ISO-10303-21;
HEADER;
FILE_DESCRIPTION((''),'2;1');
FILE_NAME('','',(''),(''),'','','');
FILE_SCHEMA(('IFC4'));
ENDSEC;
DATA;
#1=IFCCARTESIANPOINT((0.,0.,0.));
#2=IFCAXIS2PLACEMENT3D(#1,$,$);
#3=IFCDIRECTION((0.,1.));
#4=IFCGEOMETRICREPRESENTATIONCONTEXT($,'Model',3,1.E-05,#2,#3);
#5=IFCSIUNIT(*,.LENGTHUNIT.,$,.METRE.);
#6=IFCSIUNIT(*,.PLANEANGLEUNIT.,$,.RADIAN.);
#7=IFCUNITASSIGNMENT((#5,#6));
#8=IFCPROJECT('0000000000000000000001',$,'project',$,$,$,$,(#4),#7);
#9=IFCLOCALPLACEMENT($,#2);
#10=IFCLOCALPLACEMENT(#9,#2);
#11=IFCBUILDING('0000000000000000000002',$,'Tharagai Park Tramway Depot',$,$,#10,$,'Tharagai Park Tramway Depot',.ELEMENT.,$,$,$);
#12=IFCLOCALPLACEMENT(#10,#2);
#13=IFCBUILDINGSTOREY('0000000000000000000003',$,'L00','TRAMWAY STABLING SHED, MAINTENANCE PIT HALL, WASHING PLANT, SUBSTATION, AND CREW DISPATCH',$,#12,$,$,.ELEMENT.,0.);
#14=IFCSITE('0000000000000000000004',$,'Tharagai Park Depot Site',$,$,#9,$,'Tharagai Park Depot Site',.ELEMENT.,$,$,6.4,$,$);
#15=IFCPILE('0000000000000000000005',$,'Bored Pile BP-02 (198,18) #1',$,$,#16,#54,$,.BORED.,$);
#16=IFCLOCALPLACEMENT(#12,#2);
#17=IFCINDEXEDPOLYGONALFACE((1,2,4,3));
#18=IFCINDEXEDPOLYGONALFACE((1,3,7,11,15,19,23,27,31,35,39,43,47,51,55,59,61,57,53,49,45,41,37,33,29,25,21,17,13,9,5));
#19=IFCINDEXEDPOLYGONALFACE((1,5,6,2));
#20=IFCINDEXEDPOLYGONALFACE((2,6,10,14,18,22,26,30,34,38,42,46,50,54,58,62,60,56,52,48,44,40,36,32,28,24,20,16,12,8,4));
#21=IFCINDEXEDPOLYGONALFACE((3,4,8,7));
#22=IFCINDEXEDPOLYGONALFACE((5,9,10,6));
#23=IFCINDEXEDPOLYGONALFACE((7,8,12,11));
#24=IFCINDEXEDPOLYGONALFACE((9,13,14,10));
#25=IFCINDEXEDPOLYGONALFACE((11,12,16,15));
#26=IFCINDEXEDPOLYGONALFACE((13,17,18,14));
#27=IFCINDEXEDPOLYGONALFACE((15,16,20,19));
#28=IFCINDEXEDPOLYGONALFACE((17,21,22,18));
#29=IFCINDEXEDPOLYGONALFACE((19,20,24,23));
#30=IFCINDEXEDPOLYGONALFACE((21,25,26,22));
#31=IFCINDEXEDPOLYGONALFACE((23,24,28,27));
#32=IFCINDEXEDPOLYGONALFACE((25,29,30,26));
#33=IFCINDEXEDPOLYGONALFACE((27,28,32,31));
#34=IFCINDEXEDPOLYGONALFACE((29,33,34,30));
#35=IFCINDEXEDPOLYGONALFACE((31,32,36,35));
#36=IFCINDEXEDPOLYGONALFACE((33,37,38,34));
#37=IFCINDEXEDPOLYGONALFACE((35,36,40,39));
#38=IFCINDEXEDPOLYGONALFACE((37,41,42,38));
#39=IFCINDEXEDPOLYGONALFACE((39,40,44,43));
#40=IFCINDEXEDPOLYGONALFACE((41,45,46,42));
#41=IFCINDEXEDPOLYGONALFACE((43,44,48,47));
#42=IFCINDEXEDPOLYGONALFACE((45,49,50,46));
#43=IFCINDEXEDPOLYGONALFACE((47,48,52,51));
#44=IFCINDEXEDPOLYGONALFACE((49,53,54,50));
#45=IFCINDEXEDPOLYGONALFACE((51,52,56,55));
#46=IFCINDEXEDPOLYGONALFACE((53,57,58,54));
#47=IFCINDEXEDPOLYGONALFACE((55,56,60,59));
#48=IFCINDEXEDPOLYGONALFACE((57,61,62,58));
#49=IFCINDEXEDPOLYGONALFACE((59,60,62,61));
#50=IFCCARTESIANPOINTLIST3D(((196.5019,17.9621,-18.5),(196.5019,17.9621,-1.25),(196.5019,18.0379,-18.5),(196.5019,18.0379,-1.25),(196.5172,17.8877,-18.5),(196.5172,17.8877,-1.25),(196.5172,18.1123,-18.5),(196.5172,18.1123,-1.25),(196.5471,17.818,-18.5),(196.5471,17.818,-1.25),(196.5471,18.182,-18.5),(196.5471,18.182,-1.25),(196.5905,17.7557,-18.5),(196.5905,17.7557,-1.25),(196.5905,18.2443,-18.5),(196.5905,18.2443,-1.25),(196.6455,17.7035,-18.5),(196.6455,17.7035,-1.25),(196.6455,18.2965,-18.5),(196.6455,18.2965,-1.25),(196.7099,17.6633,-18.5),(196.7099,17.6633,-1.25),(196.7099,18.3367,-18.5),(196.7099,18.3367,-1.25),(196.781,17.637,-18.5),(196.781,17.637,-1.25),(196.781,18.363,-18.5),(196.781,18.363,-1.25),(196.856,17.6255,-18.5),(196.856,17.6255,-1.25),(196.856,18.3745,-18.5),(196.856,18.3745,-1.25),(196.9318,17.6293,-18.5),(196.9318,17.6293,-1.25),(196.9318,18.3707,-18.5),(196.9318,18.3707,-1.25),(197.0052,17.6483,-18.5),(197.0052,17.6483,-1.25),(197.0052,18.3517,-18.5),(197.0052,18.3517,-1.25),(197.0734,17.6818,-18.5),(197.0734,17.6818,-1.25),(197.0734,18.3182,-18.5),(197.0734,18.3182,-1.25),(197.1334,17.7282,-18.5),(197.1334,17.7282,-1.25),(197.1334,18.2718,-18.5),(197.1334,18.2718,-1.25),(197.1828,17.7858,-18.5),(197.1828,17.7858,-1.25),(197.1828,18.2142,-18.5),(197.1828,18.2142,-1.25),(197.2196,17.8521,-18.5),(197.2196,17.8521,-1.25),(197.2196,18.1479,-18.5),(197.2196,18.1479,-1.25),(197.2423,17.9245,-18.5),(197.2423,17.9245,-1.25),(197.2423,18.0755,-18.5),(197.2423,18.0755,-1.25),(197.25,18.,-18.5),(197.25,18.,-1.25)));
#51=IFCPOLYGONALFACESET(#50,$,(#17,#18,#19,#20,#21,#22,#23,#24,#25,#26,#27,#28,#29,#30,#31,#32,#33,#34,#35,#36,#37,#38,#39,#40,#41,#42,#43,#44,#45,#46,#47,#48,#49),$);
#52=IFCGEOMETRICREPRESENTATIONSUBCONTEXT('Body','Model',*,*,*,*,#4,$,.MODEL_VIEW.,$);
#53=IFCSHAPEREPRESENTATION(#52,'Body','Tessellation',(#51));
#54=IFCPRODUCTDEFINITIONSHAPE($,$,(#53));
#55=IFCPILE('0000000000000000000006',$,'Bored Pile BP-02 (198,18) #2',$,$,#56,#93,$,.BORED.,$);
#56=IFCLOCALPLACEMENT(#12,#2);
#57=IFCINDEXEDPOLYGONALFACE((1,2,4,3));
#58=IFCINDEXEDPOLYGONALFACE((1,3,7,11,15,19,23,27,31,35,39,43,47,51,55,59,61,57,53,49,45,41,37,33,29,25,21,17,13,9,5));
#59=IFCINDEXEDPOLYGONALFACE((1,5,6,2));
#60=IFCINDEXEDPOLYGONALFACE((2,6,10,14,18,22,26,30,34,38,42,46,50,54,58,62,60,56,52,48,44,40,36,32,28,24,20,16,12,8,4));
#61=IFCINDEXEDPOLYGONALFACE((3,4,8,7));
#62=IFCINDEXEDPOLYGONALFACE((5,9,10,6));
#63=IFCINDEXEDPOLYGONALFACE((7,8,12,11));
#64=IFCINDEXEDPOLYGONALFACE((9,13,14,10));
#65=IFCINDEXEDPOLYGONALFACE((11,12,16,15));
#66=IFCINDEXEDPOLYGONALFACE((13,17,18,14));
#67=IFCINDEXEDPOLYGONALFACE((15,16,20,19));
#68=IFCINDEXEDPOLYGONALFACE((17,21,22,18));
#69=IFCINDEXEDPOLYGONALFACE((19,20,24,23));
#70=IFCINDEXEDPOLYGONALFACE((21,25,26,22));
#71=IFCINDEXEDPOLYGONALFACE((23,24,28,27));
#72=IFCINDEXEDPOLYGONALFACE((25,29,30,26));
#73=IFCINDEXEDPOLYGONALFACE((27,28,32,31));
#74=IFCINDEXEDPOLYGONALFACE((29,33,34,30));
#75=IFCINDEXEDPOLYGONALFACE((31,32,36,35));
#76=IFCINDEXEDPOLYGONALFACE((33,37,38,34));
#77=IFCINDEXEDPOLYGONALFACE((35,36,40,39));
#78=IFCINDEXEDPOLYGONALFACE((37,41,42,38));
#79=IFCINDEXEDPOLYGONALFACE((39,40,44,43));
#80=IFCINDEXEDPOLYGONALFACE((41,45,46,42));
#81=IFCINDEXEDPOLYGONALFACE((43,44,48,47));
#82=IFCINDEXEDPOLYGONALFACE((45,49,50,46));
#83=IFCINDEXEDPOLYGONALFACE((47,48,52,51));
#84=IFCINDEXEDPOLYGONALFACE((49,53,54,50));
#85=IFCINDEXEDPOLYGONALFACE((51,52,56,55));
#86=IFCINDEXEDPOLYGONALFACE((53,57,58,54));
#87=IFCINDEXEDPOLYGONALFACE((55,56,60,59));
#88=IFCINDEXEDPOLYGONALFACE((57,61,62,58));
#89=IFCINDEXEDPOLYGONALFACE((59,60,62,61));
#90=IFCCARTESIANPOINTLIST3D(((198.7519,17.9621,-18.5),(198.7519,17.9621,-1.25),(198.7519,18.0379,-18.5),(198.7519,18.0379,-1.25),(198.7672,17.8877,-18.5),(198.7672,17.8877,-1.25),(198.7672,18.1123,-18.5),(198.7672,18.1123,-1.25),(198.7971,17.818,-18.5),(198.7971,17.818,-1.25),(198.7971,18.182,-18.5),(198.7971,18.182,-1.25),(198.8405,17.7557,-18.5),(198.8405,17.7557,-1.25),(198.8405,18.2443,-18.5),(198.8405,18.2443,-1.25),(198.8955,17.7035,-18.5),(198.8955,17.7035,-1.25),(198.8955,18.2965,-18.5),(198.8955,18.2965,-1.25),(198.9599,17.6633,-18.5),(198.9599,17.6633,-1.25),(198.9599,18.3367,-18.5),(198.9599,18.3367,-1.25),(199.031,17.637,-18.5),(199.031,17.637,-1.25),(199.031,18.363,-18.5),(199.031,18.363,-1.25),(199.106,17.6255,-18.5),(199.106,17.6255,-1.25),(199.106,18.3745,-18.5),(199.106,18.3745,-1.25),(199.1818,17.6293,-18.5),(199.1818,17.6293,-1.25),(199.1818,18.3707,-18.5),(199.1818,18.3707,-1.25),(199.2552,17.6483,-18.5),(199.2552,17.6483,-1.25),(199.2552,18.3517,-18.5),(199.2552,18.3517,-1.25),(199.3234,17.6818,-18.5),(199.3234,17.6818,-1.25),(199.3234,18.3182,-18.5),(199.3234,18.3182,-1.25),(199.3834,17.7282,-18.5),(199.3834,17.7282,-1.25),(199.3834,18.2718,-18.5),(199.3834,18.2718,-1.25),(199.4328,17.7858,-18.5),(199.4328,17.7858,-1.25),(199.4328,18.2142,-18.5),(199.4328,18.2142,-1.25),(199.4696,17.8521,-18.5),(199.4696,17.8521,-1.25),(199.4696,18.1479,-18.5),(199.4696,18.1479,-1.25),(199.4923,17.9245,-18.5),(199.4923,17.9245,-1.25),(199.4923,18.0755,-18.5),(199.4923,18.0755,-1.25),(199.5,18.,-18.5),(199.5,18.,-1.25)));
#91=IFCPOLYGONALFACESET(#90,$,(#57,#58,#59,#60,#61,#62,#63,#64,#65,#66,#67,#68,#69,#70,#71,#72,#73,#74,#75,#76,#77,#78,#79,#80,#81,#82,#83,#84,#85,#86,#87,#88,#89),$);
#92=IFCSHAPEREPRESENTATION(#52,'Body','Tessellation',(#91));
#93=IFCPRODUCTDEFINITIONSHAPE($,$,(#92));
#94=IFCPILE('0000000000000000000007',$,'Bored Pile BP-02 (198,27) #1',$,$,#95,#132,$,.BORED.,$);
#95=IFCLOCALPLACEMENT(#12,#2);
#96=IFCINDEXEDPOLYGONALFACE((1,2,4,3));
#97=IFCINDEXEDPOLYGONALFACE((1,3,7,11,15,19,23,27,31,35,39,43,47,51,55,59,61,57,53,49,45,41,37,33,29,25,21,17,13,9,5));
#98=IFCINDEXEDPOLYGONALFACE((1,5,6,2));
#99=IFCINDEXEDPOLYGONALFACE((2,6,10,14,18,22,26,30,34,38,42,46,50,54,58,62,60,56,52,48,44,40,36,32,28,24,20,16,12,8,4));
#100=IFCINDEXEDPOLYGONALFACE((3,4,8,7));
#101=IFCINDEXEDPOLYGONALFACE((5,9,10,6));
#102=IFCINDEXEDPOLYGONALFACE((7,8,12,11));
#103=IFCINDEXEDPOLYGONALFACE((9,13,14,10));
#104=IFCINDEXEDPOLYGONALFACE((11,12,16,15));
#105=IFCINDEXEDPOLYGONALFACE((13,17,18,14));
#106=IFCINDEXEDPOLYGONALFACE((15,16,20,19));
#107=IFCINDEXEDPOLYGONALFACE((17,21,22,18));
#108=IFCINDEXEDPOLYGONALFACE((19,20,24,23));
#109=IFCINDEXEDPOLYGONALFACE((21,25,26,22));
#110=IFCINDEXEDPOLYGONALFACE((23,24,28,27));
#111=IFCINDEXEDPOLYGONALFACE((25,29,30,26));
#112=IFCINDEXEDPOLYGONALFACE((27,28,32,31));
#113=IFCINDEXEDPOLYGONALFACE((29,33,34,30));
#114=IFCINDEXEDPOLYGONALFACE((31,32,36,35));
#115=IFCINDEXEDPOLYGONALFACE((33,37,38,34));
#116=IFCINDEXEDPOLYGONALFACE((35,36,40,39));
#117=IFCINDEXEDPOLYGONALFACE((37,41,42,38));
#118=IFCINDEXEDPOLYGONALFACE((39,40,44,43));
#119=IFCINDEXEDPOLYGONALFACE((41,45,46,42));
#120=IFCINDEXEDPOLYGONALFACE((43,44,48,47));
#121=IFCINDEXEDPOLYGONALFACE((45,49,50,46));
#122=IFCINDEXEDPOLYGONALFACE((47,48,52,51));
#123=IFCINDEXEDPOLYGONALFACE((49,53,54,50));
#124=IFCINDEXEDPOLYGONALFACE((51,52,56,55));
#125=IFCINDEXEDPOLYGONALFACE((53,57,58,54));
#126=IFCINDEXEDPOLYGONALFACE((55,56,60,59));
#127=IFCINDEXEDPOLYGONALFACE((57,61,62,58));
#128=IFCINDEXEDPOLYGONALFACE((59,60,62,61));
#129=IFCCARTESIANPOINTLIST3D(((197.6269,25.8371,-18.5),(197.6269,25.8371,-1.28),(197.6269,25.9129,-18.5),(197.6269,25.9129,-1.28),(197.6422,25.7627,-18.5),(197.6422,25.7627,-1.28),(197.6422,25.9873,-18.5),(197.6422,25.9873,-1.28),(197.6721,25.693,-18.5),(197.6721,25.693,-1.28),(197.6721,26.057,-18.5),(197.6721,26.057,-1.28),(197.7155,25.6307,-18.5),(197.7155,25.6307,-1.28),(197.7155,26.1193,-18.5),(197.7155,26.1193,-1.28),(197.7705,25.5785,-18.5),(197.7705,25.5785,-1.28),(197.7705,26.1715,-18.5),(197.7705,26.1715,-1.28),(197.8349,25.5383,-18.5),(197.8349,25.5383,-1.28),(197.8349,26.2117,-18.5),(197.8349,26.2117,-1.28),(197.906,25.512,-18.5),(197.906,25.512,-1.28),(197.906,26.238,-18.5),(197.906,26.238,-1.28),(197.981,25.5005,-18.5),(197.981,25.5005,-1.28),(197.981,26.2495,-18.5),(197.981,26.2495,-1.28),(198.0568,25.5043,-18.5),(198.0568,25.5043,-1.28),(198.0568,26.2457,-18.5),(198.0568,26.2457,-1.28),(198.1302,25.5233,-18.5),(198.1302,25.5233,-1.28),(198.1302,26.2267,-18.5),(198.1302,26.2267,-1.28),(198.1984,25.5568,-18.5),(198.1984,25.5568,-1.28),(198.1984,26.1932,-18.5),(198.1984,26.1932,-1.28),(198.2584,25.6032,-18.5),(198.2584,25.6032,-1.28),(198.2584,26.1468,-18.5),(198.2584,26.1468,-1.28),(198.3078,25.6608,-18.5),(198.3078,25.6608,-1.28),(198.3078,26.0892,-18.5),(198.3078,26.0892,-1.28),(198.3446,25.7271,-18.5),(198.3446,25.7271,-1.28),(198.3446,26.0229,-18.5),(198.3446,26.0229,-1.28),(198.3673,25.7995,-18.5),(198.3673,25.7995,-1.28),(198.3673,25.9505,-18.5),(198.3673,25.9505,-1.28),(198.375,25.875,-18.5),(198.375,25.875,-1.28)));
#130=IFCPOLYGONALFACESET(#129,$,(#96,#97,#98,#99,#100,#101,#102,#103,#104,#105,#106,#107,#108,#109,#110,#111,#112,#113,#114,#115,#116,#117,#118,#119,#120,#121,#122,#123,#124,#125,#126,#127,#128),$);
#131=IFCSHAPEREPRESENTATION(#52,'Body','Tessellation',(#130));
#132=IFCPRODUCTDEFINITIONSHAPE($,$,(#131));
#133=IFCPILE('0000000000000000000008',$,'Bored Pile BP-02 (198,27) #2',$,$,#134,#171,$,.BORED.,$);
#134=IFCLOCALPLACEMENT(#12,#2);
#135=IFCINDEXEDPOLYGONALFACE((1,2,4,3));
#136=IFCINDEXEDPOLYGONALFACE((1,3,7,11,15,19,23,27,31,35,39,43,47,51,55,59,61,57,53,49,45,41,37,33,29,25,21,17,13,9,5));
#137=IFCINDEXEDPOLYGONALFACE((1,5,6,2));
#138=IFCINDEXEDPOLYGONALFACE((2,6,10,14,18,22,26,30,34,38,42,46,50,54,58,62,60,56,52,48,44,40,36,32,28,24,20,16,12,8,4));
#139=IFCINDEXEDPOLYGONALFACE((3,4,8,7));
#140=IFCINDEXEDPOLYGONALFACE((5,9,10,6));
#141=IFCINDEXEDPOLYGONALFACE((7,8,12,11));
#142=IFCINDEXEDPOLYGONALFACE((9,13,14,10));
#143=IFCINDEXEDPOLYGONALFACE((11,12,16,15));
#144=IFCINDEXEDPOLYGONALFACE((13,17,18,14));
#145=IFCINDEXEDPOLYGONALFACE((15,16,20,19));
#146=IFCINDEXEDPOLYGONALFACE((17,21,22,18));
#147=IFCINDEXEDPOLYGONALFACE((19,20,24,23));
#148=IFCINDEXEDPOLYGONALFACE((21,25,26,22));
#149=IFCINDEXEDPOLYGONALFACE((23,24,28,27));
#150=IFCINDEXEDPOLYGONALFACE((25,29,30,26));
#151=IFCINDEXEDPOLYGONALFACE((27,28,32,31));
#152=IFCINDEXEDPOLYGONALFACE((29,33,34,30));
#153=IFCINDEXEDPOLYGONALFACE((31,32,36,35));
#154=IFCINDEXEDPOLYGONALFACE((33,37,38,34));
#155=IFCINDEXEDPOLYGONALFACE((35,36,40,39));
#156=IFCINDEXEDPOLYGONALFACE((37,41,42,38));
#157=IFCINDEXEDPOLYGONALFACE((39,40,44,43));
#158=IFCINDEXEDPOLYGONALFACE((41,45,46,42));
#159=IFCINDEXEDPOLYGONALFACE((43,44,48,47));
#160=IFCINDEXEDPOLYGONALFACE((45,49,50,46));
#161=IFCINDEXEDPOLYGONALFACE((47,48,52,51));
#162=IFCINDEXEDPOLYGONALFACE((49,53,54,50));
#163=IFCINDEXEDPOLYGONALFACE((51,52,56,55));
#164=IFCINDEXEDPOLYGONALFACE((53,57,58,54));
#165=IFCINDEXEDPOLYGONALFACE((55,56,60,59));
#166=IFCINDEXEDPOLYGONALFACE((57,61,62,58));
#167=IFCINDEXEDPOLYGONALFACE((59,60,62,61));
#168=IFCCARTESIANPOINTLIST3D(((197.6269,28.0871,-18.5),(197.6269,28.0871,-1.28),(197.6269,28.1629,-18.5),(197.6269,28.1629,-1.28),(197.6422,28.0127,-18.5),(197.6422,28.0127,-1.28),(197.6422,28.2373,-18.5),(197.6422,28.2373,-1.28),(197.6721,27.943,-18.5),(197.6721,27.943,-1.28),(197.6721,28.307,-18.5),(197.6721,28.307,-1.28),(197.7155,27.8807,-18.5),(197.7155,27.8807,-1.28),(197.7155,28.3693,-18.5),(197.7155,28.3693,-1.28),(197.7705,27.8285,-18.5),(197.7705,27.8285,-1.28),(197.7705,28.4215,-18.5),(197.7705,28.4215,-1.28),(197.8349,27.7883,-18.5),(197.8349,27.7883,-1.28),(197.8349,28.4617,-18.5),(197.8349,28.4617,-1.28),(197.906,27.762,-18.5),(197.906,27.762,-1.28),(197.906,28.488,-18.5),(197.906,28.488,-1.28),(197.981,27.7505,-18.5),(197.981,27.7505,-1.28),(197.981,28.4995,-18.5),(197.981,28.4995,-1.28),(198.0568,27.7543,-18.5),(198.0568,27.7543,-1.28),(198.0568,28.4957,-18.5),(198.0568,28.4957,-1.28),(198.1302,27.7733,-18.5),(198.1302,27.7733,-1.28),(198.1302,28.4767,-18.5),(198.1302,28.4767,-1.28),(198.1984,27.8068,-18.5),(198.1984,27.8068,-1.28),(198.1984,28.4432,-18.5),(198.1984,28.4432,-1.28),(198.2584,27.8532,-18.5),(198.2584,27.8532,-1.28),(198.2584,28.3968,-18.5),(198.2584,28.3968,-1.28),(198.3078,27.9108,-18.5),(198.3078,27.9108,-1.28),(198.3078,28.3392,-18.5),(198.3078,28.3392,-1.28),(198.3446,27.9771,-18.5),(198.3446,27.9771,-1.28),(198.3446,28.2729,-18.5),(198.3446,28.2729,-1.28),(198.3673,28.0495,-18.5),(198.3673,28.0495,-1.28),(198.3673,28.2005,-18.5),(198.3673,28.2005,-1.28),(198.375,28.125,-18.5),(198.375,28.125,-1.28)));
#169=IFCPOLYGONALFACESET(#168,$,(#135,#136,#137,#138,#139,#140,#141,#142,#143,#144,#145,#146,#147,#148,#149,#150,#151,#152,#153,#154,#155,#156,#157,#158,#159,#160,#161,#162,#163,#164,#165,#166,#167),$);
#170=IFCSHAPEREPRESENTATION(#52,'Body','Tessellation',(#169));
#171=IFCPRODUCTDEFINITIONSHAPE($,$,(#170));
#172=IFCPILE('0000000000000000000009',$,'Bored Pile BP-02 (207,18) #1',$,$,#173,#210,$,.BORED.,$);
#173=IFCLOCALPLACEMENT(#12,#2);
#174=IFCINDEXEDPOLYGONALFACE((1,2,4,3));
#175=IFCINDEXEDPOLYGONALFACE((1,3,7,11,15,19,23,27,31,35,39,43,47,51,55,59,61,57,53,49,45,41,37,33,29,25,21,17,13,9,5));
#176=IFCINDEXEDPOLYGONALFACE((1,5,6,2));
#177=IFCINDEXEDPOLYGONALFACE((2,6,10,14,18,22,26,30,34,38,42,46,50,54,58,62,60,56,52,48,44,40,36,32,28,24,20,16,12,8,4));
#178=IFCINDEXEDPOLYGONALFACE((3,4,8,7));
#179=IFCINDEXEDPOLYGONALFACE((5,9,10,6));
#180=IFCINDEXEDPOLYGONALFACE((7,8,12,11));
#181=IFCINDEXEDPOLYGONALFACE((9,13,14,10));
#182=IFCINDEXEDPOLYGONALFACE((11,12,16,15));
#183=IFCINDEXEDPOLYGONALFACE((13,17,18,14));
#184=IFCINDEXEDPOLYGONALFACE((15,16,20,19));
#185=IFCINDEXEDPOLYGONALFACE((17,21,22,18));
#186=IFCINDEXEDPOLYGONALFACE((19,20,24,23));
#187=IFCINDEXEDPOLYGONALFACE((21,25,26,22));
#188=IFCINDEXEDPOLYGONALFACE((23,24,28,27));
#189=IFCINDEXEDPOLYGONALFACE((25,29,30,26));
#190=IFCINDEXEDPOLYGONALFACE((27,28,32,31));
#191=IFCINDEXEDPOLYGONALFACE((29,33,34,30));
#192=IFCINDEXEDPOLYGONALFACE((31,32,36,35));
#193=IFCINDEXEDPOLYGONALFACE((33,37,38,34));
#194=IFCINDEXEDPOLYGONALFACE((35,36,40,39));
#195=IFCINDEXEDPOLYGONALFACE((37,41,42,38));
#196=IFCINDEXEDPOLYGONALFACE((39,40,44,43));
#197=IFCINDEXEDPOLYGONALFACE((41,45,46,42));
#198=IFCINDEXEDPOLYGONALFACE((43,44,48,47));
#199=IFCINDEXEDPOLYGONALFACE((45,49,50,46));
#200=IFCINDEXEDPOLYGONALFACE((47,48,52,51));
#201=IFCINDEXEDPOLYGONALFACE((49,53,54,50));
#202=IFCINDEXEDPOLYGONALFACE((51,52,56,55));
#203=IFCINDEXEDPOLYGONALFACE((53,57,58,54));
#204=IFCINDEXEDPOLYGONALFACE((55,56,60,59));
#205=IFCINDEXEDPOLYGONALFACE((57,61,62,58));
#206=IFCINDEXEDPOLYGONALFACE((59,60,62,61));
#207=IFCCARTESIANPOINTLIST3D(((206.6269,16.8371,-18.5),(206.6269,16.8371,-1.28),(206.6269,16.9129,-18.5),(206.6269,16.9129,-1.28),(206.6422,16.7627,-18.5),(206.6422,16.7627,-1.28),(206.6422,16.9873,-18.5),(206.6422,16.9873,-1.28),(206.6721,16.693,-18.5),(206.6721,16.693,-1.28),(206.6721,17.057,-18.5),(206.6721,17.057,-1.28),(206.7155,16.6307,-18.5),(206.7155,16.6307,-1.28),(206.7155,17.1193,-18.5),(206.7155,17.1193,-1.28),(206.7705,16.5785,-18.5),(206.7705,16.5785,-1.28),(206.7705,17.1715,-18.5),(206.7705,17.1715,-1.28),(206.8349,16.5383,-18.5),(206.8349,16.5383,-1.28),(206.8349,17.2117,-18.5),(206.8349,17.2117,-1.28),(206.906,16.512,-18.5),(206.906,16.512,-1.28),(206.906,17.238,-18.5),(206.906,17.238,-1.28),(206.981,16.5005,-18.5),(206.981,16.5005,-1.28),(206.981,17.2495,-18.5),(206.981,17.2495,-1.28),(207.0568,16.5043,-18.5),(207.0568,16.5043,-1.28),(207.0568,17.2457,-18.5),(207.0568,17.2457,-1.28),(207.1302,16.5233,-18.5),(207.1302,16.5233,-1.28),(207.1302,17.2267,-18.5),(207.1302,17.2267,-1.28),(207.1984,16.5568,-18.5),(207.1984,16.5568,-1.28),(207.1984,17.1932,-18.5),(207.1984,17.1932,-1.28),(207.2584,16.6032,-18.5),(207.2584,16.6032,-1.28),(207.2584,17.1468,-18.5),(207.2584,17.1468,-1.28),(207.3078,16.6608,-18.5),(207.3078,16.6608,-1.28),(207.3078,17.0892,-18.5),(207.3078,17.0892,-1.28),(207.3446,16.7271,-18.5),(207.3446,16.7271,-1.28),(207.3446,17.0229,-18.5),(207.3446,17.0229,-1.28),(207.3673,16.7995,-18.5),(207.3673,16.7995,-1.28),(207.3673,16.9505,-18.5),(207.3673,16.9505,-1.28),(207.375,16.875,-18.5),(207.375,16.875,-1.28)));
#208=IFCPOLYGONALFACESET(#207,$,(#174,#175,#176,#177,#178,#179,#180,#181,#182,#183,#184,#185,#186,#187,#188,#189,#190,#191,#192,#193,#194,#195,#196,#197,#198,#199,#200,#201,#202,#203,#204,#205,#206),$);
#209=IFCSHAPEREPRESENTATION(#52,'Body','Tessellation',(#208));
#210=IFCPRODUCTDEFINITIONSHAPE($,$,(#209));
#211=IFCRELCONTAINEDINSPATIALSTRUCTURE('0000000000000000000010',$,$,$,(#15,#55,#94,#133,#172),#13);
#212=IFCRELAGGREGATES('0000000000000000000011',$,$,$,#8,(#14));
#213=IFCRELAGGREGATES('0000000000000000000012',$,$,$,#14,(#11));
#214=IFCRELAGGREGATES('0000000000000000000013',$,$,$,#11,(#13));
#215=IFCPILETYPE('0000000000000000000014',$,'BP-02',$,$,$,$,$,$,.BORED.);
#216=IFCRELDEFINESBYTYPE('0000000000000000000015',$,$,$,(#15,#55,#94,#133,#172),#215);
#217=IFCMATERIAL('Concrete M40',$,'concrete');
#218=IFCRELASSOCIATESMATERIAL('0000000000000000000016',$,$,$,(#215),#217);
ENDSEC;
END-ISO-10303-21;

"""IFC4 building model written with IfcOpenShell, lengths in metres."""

from ifc_helpers import new_model, si_unit, direction, frame, origin, origin_2d, place, context, subcontext, project, spatial, circle, extrude, material, material_profile, profile_set, type_object, element, save


model = new_model("IFC4")

# Units and contexts
model_context = context("Model", 3, precision=1e-05, world=origin(), true_north=direction((0.0, 1.0)))
body_context = subcontext(model_context, "Body", "Model", "MODEL_VIEW")
ifc_project = project(units=[si_unit("LENGTHUNIT", "METRE"), si_unit("PLANEANGLEUNIT", "RADIAN")], contexts=[model_context])

# Site, building, storey
site_placement = place(None, origin())
site = spatial("IfcSite", under=ifc_project, at=site_placement, Name="Tharagai Park Depot Site", LongName="Tharagai Park Depot Site", CompositionType="ELEMENT", RefElevation=6.4)
building_placement = place(site_placement, origin())
building = spatial("IfcBuilding", under=site, at=building_placement, Name="Tharagai Park Tramway Depot", LongName="Tharagai Park Tramway Depot", CompositionType="ELEMENT")
storey_placement = place(building_placement, origin())
storey = spatial("IfcBuildingStorey", under=building, at=storey_placement, Name="L00", Description="TRAMWAY STABLING SHED, MAINTENANCE PIT HALL, WASHING PLANT, SUBSTATION, AND CREW DISPATCH", CompositionType="ELEMENT", Elevation=0.0)

# Piles
ifc_material_1 = material(Name="Concrete M40", Category="concrete")
ifc_material_profile_1 = material_profile(ifc_material_1, circle(Radius=0.375, at=origin_2d()), Name="PILE D750")
ifc_profile_set_1 = profile_set([ifc_material_profile_1], Name="Concrete M40")
pile_type_1 = type_object("IfcPileType", Name="BP-02", PredefinedType="BORED", material=ifc_profile_set_1)
for number, where, z_axis, x_axis, name in (
    (1, (196.875, 18.0, -1.25), (0.0, 0.0, -1.0), (1.0, 0.0, 0.0), "Bored Pile BP-02 (198,18) #1"),
    (2, (199.125, 18.0, -1.25), (0.0, 0.0, -1.0), (1.0, 0.0, 0.0), "Bored Pile BP-02 (198,18) #2"),
):
    element("IfcPile", number, at=place(storey_placement, frame(where, z_axis=z_axis, x_axis=x_axis)), inside=storey, type_object=pile_type_1, Name=name, PredefinedType="BORED", context=body_context, shape_type="SweptSolid", body=[
        extrude(circle(Radius=0.375, at=origin_2d()), origin(), (0.0, 0.0, 1.0), 17.25),
    ])
for number, where, z_axis, x_axis, name in (
    (3, (198.0, 25.875, -1.28), (0.0, 0.0, -1.0), (1.0, 0.0, 0.0), "Bored Pile BP-02 (198,27) #1"),
    (4, (198.0, 28.125, -1.28), (0.0, 0.0, -1.0), (1.0, 0.0, 0.0), "Bored Pile BP-02 (198,27) #2"),
    (5, (207.0, 16.875, -1.28), (0.0, 0.0, -1.0), (1.0, 0.0, 0.0), "Bored Pile BP-02 (207,18) #1"),
):
    element("IfcPile", number, at=place(storey_placement, frame(where, z_axis=z_axis, x_axis=x_axis)), inside=storey, type_object=pile_type_1, Name=name, PredefinedType="BORED", context=body_context, shape_type="SweptSolid", body=[
        extrude(circle(Radius=0.375, at=origin_2d()), origin(), (0.0, 0.0, 1.0), 17.22),
    ])

save(model, "model.ifc")
